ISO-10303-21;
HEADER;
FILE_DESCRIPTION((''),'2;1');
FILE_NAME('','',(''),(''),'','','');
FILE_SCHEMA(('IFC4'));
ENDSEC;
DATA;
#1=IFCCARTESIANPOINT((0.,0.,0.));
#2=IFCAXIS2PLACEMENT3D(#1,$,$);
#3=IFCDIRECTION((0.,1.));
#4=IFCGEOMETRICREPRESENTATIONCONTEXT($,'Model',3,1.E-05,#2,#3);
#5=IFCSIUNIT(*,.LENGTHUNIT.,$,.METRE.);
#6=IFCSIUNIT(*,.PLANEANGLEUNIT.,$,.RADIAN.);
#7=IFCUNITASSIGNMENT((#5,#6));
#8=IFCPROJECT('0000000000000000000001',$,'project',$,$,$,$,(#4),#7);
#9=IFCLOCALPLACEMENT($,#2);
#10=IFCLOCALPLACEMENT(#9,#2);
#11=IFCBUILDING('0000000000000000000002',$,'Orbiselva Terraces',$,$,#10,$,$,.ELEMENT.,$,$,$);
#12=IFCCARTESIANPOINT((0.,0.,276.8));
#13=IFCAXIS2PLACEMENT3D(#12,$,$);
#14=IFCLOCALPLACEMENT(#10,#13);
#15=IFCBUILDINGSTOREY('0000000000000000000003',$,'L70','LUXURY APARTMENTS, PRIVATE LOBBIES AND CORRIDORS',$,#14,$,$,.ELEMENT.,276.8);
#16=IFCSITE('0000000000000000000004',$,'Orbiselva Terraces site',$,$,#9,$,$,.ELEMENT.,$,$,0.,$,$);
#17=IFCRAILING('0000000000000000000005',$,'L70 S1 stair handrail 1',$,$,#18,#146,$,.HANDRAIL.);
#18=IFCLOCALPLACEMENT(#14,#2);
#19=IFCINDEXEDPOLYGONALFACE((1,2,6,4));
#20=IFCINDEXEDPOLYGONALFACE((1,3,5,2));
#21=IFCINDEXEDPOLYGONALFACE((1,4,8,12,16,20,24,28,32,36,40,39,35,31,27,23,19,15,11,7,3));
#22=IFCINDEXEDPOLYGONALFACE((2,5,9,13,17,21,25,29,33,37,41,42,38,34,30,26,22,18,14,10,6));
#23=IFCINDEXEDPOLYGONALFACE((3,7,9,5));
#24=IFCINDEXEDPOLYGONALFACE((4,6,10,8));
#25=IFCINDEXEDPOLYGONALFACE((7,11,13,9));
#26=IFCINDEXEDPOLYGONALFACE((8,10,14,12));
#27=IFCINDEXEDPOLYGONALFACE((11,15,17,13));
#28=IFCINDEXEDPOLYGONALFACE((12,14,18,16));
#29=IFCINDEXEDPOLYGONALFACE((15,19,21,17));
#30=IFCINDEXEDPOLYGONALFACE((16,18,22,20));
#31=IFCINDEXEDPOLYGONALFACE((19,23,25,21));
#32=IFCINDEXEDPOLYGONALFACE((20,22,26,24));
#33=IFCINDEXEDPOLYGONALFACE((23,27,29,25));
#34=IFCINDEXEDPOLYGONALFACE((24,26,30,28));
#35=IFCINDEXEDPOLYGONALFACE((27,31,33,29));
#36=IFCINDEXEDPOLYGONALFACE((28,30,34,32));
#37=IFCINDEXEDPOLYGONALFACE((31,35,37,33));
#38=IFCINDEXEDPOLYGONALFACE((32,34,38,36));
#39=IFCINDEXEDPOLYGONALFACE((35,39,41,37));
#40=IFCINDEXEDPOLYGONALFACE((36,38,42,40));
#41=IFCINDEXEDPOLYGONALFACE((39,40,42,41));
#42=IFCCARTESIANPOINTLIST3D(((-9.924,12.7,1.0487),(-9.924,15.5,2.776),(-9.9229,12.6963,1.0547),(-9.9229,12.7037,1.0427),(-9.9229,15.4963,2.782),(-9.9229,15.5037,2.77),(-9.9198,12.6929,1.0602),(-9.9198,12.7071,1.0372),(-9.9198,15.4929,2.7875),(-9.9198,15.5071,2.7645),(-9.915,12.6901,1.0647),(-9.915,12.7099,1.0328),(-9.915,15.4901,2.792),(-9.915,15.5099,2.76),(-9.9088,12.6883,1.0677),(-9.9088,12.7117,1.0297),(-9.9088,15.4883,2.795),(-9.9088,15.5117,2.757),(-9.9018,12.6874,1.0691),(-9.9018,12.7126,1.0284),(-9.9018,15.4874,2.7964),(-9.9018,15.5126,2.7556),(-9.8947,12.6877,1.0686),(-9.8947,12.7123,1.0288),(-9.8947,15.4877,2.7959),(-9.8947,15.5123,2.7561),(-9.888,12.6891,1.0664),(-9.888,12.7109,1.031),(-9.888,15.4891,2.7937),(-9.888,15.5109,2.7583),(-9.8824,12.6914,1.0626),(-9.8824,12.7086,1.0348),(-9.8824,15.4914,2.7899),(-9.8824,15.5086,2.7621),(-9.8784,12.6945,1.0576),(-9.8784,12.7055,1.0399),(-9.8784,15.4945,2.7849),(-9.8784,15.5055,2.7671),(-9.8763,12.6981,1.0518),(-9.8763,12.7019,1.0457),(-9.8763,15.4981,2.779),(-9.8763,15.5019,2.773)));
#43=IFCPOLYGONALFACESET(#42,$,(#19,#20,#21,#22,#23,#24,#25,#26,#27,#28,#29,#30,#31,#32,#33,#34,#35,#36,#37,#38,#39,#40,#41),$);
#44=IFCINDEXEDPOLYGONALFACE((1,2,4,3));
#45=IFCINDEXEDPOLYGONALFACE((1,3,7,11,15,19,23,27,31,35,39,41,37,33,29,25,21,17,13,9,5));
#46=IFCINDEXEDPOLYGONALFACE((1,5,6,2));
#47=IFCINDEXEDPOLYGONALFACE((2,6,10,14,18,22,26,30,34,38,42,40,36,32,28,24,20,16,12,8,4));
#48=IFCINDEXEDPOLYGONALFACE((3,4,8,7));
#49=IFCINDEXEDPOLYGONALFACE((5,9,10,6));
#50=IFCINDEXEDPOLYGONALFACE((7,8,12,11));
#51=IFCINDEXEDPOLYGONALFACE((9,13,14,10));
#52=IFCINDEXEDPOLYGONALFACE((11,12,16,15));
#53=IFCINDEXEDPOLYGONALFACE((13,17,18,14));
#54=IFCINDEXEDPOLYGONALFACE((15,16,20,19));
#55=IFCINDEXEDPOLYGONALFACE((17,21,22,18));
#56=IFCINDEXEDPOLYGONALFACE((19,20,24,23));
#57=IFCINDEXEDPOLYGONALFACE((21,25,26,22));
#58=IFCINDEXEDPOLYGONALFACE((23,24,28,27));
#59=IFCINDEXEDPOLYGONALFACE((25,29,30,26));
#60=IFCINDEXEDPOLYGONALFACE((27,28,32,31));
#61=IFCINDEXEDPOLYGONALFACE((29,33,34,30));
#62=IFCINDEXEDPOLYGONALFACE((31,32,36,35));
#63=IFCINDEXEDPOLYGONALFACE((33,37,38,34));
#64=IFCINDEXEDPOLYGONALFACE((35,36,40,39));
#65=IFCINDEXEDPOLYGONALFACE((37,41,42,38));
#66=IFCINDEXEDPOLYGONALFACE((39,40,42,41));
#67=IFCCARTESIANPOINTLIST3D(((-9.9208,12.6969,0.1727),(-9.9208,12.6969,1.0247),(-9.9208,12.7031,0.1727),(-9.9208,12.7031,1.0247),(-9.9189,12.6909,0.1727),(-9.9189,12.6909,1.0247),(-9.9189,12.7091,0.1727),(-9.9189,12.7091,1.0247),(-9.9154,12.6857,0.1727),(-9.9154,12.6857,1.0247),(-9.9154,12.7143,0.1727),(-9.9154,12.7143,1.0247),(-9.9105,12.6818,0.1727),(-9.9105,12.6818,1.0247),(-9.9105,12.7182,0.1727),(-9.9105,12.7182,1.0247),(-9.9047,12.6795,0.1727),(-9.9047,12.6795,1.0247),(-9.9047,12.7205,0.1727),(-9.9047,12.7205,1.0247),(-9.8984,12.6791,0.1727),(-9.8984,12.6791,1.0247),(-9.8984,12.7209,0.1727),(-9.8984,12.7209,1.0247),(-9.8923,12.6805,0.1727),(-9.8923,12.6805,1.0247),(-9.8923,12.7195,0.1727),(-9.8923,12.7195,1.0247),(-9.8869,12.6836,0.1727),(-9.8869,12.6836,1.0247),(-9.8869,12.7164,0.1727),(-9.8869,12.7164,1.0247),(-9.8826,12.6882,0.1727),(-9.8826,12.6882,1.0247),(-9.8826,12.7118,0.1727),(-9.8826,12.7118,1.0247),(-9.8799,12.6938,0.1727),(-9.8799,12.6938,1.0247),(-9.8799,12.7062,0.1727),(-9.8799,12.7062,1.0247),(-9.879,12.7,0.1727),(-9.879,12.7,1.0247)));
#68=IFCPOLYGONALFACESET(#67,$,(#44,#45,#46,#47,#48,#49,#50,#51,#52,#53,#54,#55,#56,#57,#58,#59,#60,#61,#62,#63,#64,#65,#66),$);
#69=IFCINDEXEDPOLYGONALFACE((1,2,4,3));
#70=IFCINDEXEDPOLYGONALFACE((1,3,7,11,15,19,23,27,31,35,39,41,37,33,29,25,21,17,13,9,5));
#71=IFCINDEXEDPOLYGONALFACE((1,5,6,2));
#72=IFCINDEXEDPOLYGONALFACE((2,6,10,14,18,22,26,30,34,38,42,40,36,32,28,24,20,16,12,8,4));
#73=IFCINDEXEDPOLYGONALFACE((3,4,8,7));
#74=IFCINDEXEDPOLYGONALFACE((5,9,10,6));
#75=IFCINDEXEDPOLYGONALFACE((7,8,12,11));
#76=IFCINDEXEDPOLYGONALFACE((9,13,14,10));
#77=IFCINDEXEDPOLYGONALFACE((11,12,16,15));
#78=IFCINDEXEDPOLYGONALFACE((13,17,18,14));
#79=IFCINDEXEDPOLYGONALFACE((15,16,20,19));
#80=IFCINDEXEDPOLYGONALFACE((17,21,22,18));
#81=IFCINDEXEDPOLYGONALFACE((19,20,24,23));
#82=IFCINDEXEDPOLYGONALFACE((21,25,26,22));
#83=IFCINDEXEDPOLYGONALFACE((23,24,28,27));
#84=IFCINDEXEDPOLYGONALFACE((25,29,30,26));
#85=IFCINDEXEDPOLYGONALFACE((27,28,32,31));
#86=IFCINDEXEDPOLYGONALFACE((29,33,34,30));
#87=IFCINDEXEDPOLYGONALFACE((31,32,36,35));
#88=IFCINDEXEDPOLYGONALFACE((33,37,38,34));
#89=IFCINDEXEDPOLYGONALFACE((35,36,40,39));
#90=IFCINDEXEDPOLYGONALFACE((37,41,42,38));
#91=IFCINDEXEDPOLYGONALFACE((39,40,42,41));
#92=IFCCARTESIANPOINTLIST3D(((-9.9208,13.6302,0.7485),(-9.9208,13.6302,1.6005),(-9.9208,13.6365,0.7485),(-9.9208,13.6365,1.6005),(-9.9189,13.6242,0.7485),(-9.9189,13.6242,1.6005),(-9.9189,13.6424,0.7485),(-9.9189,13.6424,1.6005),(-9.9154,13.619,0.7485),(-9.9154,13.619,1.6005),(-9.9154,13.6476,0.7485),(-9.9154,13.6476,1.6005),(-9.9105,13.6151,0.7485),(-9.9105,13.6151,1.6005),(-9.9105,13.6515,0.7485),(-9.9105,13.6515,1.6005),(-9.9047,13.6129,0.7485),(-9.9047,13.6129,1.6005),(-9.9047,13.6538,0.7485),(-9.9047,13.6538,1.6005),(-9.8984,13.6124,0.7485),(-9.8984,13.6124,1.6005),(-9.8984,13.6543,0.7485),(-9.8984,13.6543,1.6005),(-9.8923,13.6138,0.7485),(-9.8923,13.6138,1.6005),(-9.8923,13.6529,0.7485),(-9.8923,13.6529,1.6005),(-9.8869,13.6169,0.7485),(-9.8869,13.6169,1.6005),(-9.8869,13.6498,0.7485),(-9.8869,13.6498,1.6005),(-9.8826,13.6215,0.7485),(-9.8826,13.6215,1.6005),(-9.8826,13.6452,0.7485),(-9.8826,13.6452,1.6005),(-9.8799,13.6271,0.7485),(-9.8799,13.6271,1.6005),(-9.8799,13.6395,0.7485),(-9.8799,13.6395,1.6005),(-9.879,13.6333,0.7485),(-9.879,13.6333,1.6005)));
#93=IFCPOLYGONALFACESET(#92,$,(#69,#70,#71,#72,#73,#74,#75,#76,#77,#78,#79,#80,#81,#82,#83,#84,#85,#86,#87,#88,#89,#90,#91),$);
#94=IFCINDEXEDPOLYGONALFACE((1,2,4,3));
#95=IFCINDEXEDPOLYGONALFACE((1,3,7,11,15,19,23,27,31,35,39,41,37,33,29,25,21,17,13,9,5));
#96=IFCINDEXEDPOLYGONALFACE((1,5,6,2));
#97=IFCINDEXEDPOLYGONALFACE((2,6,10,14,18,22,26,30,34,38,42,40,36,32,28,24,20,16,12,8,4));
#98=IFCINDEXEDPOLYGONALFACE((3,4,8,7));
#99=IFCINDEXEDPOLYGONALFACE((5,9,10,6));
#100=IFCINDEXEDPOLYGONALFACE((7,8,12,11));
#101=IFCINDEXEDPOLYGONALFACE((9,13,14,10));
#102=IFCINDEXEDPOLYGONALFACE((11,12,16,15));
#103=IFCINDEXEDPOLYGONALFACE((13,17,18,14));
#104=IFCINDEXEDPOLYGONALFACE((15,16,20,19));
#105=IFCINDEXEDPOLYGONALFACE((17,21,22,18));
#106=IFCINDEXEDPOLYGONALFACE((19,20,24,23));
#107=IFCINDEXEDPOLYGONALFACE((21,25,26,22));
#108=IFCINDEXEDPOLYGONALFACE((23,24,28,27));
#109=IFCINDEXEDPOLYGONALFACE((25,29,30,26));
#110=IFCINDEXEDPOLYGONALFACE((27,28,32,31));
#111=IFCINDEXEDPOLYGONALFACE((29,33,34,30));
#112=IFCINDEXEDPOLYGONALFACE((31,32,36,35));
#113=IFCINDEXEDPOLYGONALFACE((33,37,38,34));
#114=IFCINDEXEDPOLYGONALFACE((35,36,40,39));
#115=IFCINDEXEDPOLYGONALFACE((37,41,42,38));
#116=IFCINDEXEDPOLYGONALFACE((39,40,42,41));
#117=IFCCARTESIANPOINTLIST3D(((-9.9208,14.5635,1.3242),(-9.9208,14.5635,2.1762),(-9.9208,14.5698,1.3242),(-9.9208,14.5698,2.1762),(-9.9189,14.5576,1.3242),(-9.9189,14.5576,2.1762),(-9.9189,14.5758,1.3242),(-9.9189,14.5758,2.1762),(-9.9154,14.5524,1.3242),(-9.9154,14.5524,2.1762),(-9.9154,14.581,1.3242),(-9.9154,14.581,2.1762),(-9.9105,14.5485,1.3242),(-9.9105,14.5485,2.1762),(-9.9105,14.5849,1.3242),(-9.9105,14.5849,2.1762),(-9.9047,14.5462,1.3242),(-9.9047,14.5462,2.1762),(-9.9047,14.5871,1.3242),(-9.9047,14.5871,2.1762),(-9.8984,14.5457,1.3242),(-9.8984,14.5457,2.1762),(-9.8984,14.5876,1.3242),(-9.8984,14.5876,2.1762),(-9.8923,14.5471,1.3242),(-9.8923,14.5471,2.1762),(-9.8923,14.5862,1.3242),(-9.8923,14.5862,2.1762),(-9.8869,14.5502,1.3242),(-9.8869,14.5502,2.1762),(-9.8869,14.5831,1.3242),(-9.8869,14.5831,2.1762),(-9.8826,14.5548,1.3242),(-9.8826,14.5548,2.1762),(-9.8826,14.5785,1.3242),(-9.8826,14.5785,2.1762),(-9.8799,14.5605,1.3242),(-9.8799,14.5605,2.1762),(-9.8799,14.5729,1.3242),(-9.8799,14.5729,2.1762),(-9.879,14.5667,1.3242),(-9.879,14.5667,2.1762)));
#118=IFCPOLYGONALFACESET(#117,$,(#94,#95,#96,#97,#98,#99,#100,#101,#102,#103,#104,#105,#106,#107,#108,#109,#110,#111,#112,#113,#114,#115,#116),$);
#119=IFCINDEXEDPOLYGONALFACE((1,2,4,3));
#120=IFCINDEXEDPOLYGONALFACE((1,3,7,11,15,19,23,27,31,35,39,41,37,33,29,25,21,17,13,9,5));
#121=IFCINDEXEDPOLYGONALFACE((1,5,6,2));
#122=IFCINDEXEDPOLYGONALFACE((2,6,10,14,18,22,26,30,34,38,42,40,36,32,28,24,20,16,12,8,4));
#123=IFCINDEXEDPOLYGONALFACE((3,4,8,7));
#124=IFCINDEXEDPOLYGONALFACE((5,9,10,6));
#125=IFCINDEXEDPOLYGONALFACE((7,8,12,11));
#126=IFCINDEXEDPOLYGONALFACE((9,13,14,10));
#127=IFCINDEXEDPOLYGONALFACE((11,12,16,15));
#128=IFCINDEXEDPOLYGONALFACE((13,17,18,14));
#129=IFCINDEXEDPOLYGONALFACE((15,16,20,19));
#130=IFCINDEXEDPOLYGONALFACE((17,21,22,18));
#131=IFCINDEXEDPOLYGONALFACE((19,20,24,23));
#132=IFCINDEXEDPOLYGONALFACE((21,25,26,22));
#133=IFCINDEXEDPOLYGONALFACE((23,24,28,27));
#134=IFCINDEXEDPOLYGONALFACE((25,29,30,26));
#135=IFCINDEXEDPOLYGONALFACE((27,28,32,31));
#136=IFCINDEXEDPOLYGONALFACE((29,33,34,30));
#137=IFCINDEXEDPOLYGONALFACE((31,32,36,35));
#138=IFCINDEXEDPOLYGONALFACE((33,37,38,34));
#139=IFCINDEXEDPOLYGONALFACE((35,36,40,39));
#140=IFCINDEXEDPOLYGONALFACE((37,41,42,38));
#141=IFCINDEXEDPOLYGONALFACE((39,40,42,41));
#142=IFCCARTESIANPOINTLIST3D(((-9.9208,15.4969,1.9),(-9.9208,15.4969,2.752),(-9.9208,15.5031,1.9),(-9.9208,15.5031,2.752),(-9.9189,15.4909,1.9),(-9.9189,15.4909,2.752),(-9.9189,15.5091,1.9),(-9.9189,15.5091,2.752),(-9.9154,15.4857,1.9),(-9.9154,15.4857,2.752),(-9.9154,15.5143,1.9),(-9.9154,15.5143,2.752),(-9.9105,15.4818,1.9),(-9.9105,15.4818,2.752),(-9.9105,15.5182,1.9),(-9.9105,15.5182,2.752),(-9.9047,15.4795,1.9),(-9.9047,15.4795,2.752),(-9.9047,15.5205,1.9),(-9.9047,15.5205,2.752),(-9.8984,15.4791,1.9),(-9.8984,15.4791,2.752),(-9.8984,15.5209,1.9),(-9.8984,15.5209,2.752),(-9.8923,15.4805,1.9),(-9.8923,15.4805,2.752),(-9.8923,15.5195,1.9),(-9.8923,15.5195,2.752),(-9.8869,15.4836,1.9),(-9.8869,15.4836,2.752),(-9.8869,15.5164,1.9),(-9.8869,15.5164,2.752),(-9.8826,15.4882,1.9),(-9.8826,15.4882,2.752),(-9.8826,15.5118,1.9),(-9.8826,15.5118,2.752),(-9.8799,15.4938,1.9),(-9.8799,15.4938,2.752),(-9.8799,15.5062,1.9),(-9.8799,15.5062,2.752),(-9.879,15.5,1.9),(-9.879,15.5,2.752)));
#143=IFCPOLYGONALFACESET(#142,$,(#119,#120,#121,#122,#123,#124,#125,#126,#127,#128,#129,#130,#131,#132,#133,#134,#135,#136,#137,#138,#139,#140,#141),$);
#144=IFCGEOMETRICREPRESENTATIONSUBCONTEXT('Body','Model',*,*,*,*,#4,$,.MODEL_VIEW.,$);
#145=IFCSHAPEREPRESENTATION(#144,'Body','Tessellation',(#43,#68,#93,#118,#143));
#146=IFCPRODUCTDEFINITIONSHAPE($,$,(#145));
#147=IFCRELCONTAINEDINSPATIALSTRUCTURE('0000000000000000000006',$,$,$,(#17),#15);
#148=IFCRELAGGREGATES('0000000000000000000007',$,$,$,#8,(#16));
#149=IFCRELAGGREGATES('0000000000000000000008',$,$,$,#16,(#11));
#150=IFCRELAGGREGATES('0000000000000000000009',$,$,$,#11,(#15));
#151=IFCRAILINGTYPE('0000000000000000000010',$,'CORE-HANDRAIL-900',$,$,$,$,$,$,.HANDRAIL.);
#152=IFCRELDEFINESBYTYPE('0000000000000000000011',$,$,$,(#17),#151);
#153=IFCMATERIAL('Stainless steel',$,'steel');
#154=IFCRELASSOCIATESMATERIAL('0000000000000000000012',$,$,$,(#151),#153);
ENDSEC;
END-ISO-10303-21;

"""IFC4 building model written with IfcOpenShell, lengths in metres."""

from ifc_helpers import new_model, si_unit, direction, frame, origin, origin_2d, place, context, subcontext, project, spatial, circle, extrude, material, type_object, element, save


model = new_model("IFC4")

# Units and contexts
model_context = context("Model", 3, precision=1e-05, world=origin(), true_north=direction((0.0, 1.0)))
body_context = subcontext(model_context, "Body", "Model", "MODEL_VIEW")
ifc_project = project(units=[si_unit("LENGTHUNIT", "METRE"), si_unit("PLANEANGLEUNIT", "RADIAN")], contexts=[model_context])

# Site, building, storey
site_placement = place(None, origin())
site = spatial("IfcSite", under=ifc_project, at=site_placement, Name="Orbiselva Terraces site", CompositionType="ELEMENT", RefElevation=0.0)
building_placement = place(site_placement, origin())
building = spatial("IfcBuilding", under=site, at=building_placement, Name="Orbiselva Terraces", CompositionType="ELEMENT")
storey_placement = place(building_placement, frame((0.0, 0.0, 276.8)))
storey = spatial("IfcBuildingStorey", under=building, at=storey_placement, Name="L70", Description="LUXURY APARTMENTS, PRIVATE LOBBIES AND CORRIDORS", CompositionType="ELEMENT", Elevation=276.8)

# Railing
ifc_material_1 = material(Name="Stainless steel", Category="steel")
railing_type_1 = type_object("IfcRailingType", Name="CORE-HANDRAIL-900", PredefinedType="HANDRAIL", material=ifc_material_1)
railing_1_placement = place(storey_placement, frame((-9.9, 12.7, 0.1727)))
element("IfcRailing", 1, at=railing_1_placement, inside=storey, type_object=railing_type_1, Name="L70 S1 stair handrail 1", PredefinedType="HANDRAIL", context=body_context, shape_type="SweptSolid", body=[
    extrude(circle(Radius=0.024, at=origin_2d()), frame((0.0, 0.0, 0.876), z_axis=(0.0, 0.851089, 0.525022), x_axis=(-1.0, 0.0, 0.0)), (0.0, 0.0, 1.0), 3.2899),
    extrude(circle(Radius=0.021, at=origin_2d()), origin(), (0.0, 0.0, 1.0), 0.852),
    extrude(circle(Radius=0.021, at=origin_2d()), frame((0.0, 0.9333, 0.5758)), (0.0, 0.0, 1.0), 0.852),
    extrude(circle(Radius=0.021, at=origin_2d()), frame((0.0, 1.8667, 1.1515)), (0.0, 0.0, 1.0), 0.852),
    extrude(circle(Radius=0.021, at=origin_2d()), frame((0.0, 2.8, 1.7273)), (0.0, 0.0, 1.0), 0.852),
])

save(model, "model.ifc")
